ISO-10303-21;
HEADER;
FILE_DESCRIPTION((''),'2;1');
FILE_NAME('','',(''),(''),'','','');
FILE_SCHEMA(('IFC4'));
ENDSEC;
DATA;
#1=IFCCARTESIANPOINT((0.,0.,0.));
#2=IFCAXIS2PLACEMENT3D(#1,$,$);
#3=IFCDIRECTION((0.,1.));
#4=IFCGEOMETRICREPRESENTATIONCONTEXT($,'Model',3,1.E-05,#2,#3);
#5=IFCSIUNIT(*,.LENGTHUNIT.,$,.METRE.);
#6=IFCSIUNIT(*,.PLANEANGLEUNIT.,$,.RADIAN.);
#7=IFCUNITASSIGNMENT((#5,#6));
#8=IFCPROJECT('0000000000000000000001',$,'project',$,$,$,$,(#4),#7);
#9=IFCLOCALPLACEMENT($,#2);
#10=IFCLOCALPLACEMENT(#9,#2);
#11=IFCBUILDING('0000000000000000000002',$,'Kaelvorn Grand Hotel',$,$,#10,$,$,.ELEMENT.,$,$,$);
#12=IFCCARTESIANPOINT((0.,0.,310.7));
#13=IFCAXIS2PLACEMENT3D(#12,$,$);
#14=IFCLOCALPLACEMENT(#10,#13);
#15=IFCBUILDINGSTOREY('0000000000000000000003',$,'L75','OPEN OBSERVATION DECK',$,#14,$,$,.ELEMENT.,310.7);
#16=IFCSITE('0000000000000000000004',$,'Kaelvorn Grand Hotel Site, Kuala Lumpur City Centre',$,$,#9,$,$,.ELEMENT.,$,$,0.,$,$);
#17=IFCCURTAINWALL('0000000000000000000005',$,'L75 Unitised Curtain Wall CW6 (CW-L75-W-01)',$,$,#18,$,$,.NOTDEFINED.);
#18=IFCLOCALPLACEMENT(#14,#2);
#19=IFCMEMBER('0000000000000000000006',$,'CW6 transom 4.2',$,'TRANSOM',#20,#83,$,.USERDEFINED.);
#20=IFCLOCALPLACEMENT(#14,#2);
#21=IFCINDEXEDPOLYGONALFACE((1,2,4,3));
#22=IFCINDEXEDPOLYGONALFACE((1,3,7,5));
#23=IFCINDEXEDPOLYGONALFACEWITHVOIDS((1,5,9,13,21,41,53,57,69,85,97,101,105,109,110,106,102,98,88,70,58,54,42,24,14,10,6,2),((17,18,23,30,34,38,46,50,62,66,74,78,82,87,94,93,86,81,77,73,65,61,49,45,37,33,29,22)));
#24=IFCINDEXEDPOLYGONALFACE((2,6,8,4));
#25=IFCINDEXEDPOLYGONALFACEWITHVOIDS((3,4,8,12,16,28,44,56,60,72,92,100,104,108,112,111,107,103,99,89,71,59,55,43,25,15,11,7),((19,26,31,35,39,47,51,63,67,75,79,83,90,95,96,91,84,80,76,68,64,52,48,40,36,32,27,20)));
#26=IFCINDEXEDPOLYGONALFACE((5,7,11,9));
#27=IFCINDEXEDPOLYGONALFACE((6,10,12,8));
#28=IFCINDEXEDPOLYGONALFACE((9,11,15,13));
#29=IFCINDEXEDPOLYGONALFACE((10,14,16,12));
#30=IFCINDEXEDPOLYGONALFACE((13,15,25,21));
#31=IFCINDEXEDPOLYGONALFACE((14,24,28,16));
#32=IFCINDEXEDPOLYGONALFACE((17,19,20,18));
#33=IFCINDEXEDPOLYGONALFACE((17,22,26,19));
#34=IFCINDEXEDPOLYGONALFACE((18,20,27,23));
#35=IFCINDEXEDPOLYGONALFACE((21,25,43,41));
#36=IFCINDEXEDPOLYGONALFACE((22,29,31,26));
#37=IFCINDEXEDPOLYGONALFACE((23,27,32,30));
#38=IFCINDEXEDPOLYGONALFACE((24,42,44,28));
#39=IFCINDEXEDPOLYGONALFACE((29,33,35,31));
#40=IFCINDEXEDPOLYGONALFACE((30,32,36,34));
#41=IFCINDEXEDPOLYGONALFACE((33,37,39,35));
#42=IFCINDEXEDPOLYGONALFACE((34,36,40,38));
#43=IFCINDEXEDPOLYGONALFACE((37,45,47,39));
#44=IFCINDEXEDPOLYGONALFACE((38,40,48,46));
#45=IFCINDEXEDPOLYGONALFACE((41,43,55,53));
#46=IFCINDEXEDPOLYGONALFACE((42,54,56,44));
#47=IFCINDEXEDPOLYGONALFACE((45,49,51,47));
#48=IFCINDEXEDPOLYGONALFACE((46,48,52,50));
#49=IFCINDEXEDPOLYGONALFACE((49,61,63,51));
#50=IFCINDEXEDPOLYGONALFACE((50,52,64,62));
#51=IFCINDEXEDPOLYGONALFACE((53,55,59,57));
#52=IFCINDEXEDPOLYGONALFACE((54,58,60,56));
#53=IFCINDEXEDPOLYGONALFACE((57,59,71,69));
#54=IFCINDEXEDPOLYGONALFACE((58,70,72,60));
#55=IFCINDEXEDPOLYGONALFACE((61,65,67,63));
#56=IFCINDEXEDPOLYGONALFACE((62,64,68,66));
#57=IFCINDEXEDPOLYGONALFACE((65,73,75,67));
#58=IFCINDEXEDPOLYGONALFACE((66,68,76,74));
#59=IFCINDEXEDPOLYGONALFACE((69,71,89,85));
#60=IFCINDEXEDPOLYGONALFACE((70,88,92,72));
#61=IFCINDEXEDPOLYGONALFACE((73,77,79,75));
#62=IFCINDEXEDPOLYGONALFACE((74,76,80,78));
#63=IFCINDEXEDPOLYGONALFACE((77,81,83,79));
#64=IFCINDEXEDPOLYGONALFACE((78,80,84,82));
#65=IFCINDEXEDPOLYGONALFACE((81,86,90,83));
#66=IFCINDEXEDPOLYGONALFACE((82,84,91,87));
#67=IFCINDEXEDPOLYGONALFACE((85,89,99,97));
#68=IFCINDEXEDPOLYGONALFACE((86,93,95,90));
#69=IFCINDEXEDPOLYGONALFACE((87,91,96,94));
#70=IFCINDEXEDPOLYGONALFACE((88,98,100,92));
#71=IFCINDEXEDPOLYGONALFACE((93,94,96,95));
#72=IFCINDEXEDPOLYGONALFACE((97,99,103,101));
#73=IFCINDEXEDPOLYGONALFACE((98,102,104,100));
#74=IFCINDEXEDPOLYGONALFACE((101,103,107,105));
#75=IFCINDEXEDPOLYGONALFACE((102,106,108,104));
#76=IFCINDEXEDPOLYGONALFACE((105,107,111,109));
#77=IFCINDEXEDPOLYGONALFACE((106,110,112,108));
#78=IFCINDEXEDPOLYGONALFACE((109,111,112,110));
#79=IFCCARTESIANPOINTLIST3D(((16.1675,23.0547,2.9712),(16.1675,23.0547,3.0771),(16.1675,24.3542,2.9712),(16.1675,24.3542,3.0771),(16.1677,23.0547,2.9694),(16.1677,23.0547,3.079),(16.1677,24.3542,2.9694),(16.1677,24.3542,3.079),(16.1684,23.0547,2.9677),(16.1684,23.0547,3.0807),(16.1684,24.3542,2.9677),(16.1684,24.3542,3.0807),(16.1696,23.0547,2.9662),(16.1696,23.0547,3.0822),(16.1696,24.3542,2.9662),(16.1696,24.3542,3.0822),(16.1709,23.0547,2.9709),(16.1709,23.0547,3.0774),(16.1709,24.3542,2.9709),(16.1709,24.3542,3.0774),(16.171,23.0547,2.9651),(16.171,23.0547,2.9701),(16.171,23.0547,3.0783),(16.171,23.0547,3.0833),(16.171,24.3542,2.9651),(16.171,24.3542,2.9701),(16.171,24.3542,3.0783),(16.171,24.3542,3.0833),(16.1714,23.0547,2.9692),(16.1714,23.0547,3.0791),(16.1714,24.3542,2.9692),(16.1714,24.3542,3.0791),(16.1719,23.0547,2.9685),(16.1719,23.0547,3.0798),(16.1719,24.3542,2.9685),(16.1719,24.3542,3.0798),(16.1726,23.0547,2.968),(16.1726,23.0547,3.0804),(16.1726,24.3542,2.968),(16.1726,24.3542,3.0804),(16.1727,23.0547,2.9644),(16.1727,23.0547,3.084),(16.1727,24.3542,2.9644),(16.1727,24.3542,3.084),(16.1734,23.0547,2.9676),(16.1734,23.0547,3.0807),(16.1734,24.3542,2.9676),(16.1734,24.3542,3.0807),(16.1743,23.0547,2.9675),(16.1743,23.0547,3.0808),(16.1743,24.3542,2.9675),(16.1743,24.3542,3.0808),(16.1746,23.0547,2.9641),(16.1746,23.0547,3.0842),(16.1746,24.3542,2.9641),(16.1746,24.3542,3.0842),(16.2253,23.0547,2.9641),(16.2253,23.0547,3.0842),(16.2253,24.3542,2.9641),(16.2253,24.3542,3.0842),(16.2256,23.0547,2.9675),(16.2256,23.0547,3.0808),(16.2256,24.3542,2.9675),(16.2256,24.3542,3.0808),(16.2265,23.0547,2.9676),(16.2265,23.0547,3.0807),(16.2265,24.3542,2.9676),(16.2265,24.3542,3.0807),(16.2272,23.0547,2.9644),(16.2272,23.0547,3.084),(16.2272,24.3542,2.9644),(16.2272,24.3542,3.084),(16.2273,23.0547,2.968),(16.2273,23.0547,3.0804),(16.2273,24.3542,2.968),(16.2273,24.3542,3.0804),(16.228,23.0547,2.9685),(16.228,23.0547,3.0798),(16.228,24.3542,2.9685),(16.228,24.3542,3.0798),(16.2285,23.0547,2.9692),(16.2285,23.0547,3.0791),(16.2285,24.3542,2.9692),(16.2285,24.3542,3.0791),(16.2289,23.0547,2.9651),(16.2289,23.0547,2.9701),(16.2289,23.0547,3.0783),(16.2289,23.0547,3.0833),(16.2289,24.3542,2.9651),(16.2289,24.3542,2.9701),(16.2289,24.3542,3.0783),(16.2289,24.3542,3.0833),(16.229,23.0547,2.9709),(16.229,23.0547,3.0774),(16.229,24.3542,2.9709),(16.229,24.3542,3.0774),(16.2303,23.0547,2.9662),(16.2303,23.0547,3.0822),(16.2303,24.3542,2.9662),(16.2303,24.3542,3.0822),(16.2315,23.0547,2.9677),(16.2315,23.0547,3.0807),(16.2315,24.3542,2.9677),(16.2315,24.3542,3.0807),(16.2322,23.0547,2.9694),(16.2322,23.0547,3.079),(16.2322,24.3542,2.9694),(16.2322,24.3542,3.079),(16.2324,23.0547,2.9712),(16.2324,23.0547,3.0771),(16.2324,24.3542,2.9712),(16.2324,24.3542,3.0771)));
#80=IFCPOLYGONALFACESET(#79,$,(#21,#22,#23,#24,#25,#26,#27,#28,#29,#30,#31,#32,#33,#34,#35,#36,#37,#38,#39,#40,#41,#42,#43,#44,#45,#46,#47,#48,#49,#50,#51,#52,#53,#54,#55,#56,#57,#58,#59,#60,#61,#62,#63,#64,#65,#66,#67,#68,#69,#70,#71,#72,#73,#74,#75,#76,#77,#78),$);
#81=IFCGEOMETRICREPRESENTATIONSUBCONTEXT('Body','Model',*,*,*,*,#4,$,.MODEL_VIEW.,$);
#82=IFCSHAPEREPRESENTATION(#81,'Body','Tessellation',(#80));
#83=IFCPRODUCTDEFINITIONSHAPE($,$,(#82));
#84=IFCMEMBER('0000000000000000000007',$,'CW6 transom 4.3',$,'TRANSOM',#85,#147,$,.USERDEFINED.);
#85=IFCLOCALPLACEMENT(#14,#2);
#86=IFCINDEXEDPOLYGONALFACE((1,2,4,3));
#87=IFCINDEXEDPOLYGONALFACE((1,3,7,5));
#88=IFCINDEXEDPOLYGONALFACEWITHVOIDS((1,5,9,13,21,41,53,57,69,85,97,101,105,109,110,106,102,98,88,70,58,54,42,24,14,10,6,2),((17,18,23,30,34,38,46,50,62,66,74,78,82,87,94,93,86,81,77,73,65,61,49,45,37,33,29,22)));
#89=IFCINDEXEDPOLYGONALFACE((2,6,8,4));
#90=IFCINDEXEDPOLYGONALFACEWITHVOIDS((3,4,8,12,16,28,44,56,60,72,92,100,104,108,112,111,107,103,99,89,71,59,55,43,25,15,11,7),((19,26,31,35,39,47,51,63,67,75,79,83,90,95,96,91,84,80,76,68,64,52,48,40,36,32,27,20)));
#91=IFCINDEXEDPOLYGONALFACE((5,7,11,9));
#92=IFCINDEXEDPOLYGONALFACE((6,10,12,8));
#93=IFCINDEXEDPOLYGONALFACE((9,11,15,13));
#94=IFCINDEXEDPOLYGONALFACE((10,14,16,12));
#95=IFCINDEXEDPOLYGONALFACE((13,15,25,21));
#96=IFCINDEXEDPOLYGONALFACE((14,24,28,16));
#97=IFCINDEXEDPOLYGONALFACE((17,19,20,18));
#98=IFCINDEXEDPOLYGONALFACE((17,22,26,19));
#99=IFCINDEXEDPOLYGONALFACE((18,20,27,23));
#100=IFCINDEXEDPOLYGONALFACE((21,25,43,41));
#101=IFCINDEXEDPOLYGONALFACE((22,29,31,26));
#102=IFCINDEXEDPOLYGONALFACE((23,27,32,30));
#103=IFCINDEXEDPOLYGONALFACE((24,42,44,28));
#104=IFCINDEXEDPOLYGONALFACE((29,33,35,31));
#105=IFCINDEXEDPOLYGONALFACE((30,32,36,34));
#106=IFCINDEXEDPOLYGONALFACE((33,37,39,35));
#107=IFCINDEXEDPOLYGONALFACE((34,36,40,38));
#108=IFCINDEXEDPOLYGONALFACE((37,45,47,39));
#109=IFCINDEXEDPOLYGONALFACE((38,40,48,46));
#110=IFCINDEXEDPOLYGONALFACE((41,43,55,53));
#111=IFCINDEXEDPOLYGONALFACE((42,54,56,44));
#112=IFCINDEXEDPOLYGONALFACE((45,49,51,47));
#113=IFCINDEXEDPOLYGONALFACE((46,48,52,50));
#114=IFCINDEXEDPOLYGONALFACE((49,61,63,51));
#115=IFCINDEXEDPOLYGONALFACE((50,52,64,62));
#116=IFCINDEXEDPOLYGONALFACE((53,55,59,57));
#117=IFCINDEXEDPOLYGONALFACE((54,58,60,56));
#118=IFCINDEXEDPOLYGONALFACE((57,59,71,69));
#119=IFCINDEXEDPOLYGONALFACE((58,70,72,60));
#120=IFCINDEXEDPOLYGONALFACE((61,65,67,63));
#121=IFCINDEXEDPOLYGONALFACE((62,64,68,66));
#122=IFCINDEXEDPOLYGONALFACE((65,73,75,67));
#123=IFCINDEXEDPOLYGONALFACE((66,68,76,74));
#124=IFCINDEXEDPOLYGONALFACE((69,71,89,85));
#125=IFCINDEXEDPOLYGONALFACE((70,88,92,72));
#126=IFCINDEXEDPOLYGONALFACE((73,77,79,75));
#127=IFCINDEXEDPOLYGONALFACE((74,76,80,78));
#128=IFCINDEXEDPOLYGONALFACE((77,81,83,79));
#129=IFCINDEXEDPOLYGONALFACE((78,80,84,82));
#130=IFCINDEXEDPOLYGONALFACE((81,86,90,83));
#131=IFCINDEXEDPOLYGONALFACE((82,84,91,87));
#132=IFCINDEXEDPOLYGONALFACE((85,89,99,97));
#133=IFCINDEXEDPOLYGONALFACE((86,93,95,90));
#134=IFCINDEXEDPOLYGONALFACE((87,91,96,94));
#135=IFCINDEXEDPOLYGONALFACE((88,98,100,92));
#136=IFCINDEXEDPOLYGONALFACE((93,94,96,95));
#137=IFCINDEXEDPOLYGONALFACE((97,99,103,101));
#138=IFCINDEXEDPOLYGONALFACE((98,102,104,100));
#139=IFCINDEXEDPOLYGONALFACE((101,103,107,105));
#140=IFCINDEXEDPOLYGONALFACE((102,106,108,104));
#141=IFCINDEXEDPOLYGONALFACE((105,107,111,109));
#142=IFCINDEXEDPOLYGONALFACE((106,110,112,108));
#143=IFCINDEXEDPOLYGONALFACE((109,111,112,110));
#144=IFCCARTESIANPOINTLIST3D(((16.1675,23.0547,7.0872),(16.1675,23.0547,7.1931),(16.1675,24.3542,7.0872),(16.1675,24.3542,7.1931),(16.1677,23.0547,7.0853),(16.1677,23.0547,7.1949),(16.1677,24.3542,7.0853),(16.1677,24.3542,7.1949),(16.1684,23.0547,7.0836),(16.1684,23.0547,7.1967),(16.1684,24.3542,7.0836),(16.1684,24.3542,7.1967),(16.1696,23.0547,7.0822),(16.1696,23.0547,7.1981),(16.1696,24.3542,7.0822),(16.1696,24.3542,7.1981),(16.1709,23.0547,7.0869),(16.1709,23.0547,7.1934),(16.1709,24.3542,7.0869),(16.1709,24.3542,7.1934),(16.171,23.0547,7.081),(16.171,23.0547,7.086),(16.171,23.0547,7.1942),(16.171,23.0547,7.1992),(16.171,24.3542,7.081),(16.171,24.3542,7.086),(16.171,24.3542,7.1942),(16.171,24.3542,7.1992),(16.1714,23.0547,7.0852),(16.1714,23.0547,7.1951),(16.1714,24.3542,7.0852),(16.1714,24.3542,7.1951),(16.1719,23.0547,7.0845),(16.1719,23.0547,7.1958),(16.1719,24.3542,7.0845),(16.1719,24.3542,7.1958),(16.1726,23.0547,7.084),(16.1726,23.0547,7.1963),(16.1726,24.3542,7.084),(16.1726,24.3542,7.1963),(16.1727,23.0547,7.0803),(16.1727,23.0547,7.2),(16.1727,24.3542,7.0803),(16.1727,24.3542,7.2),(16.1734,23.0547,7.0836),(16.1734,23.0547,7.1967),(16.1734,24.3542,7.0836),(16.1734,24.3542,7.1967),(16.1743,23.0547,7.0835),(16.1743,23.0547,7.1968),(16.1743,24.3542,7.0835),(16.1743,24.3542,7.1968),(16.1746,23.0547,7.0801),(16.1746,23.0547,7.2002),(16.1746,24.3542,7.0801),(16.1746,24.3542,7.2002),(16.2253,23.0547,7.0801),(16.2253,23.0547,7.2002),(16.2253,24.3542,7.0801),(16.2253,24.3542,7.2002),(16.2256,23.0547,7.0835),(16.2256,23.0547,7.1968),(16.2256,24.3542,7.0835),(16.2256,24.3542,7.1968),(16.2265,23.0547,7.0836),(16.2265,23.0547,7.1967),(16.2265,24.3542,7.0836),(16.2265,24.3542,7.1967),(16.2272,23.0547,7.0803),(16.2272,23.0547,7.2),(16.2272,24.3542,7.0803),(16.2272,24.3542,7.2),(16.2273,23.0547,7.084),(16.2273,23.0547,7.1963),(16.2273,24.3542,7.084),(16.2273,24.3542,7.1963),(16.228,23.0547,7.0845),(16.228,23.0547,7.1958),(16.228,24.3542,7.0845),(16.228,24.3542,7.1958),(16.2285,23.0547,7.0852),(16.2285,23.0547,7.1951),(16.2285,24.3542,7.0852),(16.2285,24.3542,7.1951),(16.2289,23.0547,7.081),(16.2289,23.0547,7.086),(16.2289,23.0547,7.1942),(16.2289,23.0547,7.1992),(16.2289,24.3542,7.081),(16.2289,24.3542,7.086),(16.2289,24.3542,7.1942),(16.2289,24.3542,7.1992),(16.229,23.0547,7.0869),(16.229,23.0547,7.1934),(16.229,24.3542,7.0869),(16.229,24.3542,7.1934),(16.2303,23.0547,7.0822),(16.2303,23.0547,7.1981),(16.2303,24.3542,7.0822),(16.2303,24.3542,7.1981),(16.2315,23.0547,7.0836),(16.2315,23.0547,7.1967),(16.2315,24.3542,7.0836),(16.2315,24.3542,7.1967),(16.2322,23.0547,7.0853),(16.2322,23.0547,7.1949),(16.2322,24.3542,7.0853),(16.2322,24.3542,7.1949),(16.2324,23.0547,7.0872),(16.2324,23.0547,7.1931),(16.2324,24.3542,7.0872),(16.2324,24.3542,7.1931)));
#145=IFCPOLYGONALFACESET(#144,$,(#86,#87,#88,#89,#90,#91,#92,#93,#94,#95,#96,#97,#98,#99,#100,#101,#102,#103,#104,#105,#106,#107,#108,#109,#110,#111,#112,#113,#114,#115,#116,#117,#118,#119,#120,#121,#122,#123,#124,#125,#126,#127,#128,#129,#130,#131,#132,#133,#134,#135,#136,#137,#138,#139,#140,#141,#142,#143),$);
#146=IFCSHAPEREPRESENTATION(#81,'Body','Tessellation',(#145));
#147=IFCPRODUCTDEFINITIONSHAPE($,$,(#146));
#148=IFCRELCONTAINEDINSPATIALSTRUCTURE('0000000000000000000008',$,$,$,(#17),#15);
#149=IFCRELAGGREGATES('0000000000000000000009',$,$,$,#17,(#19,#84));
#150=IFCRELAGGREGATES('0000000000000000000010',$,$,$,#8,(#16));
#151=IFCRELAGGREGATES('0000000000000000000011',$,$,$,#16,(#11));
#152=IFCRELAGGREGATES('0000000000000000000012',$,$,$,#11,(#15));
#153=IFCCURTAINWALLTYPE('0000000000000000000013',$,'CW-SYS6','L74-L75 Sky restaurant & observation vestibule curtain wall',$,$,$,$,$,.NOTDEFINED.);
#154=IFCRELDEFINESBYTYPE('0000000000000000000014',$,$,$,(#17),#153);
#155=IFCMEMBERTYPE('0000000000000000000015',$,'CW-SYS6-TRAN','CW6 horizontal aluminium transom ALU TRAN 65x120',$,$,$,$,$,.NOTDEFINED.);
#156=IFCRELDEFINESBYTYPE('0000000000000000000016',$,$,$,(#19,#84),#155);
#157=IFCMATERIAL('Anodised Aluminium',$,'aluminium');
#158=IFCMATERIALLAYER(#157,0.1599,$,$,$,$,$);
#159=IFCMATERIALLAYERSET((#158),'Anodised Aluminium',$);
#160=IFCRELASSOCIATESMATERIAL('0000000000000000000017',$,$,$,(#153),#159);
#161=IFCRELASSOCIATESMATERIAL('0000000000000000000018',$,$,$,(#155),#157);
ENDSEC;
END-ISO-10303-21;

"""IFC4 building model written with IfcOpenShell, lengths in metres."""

from ifc_helpers import new_model, si_unit, direction, frame, origin, origin_2d, place, context, subcontext, project, spatial, hollow_rectangle, extrude, material, layer, layer_set, material_profile, profile_set, type_object, element, aggregate, save


model = new_model("IFC4")

# Units and contexts
model_context = context("Model", 3, precision=1e-05, world=origin(), true_north=direction((0.0, 1.0)))
body_context = subcontext(model_context, "Body", "Model", "MODEL_VIEW")
ifc_project = project(units=[si_unit("LENGTHUNIT", "METRE"), si_unit("PLANEANGLEUNIT", "RADIAN")], contexts=[model_context])

# Site, building, storey
site_placement = place(None, origin())
site = spatial("IfcSite", under=ifc_project, at=site_placement, Name="Kaelvorn Grand Hotel Site, Kuala Lumpur City Centre", CompositionType="ELEMENT", RefElevation=0.0)
building_placement = place(site_placement, origin())
building = spatial("IfcBuilding", under=site, at=building_placement, Name="Kaelvorn Grand Hotel", CompositionType="ELEMENT")
storey_placement = place(building_placement, frame((0.0, 0.0, 310.7)))
storey = spatial("IfcBuildingStorey", under=building, at=storey_placement, Name="L75", Description="OPEN OBSERVATION DECK", CompositionType="ELEMENT", Elevation=310.7)

# Curtain wall, members
ifc_material_1 = material(Name="Anodised Aluminium", Category="aluminium")
ifc_layer_1 = layer(ifc_material_1, 0.1599)
ifc_layer_set_1 = layer_set([ifc_layer_1], Name="Anodised Aluminium")
curtain_wall_type = type_object("IfcCurtainWallType", Name="CW-SYS6", Description="L74-L75 Sky restaurant & observation vestibule curtain wall", PredefinedType="NOTDEFINED", material=ifc_layer_set_1)
curtain_wall_placement = place(storey_placement, origin())
curtain_wall = element("IfcCurtainWall", 1, at=curtain_wall_placement, inside=storey, type_object=curtain_wall_type, Name="L75 Unitised Curtain Wall CW6 (CW-L75-W-01)", PredefinedType="NOTDEFINED")
ifc_material_profile_1 = material_profile(ifc_material_1, hollow_rectangle(XDim=0.0649, YDim=0.1201, WallThickness=0.0034, InnerFilletRadius=0.0034, OuterFilletRadius=0.0071, at=origin_2d()), Name="ALU TRAN 65x120")
ifc_profile_set_1 = profile_set([ifc_material_profile_1], Name="Anodised Aluminium")
member_type_1 = type_object("IfcMemberType", Name="CW-SYS6-TRAN", Description="CW6 horizontal aluminium transom ALU TRAN 65x120", PredefinedType="NOTDEFINED", material=ifc_profile_set_1)
member_1_placement = place(storey_placement, frame((16.2, 24.3542, 3.0242), z_axis=(0.0, -1.0, 0.0), x_axis=(1.0, 0.0, 0.0)))
member_1 = element("IfcMember", 2, at=member_1_placement, type_object=member_type_1, Name="CW6 transom 4.2", ObjectType="TRANSOM", PredefinedType="USERDEFINED", context=body_context, shape_type="SweptSolid", body=[
    extrude(hollow_rectangle(XDim=0.0649, YDim=0.1201, WallThickness=0.0034, InnerFilletRadius=0.0034, OuterFilletRadius=0.0071, at=origin_2d()), origin(), (0.0, 0.0, 1.0), 1.2996),
])
member_2_placement = place(storey_placement, frame((16.2, 24.3542, 7.1401), z_axis=(0.0, -1.0, 0.0), x_axis=(1.0, 0.0, 0.0)))
member_2 = element("IfcMember", 3, at=member_2_placement, type_object=member_type_1, Name="CW6 transom 4.3", ObjectType="TRANSOM", PredefinedType="USERDEFINED", context=body_context, shape_type="SweptSolid", body=[
    extrude(hollow_rectangle(XDim=0.0649, YDim=0.1201, WallThickness=0.0034, InnerFilletRadius=0.0034, OuterFilletRadius=0.0071, at=origin_2d()), origin(), (0.0, 0.0, 1.0), 1.2996),
])
aggregate(curtain_wall, [member_1, member_2])

save(model, "model.ifc")
